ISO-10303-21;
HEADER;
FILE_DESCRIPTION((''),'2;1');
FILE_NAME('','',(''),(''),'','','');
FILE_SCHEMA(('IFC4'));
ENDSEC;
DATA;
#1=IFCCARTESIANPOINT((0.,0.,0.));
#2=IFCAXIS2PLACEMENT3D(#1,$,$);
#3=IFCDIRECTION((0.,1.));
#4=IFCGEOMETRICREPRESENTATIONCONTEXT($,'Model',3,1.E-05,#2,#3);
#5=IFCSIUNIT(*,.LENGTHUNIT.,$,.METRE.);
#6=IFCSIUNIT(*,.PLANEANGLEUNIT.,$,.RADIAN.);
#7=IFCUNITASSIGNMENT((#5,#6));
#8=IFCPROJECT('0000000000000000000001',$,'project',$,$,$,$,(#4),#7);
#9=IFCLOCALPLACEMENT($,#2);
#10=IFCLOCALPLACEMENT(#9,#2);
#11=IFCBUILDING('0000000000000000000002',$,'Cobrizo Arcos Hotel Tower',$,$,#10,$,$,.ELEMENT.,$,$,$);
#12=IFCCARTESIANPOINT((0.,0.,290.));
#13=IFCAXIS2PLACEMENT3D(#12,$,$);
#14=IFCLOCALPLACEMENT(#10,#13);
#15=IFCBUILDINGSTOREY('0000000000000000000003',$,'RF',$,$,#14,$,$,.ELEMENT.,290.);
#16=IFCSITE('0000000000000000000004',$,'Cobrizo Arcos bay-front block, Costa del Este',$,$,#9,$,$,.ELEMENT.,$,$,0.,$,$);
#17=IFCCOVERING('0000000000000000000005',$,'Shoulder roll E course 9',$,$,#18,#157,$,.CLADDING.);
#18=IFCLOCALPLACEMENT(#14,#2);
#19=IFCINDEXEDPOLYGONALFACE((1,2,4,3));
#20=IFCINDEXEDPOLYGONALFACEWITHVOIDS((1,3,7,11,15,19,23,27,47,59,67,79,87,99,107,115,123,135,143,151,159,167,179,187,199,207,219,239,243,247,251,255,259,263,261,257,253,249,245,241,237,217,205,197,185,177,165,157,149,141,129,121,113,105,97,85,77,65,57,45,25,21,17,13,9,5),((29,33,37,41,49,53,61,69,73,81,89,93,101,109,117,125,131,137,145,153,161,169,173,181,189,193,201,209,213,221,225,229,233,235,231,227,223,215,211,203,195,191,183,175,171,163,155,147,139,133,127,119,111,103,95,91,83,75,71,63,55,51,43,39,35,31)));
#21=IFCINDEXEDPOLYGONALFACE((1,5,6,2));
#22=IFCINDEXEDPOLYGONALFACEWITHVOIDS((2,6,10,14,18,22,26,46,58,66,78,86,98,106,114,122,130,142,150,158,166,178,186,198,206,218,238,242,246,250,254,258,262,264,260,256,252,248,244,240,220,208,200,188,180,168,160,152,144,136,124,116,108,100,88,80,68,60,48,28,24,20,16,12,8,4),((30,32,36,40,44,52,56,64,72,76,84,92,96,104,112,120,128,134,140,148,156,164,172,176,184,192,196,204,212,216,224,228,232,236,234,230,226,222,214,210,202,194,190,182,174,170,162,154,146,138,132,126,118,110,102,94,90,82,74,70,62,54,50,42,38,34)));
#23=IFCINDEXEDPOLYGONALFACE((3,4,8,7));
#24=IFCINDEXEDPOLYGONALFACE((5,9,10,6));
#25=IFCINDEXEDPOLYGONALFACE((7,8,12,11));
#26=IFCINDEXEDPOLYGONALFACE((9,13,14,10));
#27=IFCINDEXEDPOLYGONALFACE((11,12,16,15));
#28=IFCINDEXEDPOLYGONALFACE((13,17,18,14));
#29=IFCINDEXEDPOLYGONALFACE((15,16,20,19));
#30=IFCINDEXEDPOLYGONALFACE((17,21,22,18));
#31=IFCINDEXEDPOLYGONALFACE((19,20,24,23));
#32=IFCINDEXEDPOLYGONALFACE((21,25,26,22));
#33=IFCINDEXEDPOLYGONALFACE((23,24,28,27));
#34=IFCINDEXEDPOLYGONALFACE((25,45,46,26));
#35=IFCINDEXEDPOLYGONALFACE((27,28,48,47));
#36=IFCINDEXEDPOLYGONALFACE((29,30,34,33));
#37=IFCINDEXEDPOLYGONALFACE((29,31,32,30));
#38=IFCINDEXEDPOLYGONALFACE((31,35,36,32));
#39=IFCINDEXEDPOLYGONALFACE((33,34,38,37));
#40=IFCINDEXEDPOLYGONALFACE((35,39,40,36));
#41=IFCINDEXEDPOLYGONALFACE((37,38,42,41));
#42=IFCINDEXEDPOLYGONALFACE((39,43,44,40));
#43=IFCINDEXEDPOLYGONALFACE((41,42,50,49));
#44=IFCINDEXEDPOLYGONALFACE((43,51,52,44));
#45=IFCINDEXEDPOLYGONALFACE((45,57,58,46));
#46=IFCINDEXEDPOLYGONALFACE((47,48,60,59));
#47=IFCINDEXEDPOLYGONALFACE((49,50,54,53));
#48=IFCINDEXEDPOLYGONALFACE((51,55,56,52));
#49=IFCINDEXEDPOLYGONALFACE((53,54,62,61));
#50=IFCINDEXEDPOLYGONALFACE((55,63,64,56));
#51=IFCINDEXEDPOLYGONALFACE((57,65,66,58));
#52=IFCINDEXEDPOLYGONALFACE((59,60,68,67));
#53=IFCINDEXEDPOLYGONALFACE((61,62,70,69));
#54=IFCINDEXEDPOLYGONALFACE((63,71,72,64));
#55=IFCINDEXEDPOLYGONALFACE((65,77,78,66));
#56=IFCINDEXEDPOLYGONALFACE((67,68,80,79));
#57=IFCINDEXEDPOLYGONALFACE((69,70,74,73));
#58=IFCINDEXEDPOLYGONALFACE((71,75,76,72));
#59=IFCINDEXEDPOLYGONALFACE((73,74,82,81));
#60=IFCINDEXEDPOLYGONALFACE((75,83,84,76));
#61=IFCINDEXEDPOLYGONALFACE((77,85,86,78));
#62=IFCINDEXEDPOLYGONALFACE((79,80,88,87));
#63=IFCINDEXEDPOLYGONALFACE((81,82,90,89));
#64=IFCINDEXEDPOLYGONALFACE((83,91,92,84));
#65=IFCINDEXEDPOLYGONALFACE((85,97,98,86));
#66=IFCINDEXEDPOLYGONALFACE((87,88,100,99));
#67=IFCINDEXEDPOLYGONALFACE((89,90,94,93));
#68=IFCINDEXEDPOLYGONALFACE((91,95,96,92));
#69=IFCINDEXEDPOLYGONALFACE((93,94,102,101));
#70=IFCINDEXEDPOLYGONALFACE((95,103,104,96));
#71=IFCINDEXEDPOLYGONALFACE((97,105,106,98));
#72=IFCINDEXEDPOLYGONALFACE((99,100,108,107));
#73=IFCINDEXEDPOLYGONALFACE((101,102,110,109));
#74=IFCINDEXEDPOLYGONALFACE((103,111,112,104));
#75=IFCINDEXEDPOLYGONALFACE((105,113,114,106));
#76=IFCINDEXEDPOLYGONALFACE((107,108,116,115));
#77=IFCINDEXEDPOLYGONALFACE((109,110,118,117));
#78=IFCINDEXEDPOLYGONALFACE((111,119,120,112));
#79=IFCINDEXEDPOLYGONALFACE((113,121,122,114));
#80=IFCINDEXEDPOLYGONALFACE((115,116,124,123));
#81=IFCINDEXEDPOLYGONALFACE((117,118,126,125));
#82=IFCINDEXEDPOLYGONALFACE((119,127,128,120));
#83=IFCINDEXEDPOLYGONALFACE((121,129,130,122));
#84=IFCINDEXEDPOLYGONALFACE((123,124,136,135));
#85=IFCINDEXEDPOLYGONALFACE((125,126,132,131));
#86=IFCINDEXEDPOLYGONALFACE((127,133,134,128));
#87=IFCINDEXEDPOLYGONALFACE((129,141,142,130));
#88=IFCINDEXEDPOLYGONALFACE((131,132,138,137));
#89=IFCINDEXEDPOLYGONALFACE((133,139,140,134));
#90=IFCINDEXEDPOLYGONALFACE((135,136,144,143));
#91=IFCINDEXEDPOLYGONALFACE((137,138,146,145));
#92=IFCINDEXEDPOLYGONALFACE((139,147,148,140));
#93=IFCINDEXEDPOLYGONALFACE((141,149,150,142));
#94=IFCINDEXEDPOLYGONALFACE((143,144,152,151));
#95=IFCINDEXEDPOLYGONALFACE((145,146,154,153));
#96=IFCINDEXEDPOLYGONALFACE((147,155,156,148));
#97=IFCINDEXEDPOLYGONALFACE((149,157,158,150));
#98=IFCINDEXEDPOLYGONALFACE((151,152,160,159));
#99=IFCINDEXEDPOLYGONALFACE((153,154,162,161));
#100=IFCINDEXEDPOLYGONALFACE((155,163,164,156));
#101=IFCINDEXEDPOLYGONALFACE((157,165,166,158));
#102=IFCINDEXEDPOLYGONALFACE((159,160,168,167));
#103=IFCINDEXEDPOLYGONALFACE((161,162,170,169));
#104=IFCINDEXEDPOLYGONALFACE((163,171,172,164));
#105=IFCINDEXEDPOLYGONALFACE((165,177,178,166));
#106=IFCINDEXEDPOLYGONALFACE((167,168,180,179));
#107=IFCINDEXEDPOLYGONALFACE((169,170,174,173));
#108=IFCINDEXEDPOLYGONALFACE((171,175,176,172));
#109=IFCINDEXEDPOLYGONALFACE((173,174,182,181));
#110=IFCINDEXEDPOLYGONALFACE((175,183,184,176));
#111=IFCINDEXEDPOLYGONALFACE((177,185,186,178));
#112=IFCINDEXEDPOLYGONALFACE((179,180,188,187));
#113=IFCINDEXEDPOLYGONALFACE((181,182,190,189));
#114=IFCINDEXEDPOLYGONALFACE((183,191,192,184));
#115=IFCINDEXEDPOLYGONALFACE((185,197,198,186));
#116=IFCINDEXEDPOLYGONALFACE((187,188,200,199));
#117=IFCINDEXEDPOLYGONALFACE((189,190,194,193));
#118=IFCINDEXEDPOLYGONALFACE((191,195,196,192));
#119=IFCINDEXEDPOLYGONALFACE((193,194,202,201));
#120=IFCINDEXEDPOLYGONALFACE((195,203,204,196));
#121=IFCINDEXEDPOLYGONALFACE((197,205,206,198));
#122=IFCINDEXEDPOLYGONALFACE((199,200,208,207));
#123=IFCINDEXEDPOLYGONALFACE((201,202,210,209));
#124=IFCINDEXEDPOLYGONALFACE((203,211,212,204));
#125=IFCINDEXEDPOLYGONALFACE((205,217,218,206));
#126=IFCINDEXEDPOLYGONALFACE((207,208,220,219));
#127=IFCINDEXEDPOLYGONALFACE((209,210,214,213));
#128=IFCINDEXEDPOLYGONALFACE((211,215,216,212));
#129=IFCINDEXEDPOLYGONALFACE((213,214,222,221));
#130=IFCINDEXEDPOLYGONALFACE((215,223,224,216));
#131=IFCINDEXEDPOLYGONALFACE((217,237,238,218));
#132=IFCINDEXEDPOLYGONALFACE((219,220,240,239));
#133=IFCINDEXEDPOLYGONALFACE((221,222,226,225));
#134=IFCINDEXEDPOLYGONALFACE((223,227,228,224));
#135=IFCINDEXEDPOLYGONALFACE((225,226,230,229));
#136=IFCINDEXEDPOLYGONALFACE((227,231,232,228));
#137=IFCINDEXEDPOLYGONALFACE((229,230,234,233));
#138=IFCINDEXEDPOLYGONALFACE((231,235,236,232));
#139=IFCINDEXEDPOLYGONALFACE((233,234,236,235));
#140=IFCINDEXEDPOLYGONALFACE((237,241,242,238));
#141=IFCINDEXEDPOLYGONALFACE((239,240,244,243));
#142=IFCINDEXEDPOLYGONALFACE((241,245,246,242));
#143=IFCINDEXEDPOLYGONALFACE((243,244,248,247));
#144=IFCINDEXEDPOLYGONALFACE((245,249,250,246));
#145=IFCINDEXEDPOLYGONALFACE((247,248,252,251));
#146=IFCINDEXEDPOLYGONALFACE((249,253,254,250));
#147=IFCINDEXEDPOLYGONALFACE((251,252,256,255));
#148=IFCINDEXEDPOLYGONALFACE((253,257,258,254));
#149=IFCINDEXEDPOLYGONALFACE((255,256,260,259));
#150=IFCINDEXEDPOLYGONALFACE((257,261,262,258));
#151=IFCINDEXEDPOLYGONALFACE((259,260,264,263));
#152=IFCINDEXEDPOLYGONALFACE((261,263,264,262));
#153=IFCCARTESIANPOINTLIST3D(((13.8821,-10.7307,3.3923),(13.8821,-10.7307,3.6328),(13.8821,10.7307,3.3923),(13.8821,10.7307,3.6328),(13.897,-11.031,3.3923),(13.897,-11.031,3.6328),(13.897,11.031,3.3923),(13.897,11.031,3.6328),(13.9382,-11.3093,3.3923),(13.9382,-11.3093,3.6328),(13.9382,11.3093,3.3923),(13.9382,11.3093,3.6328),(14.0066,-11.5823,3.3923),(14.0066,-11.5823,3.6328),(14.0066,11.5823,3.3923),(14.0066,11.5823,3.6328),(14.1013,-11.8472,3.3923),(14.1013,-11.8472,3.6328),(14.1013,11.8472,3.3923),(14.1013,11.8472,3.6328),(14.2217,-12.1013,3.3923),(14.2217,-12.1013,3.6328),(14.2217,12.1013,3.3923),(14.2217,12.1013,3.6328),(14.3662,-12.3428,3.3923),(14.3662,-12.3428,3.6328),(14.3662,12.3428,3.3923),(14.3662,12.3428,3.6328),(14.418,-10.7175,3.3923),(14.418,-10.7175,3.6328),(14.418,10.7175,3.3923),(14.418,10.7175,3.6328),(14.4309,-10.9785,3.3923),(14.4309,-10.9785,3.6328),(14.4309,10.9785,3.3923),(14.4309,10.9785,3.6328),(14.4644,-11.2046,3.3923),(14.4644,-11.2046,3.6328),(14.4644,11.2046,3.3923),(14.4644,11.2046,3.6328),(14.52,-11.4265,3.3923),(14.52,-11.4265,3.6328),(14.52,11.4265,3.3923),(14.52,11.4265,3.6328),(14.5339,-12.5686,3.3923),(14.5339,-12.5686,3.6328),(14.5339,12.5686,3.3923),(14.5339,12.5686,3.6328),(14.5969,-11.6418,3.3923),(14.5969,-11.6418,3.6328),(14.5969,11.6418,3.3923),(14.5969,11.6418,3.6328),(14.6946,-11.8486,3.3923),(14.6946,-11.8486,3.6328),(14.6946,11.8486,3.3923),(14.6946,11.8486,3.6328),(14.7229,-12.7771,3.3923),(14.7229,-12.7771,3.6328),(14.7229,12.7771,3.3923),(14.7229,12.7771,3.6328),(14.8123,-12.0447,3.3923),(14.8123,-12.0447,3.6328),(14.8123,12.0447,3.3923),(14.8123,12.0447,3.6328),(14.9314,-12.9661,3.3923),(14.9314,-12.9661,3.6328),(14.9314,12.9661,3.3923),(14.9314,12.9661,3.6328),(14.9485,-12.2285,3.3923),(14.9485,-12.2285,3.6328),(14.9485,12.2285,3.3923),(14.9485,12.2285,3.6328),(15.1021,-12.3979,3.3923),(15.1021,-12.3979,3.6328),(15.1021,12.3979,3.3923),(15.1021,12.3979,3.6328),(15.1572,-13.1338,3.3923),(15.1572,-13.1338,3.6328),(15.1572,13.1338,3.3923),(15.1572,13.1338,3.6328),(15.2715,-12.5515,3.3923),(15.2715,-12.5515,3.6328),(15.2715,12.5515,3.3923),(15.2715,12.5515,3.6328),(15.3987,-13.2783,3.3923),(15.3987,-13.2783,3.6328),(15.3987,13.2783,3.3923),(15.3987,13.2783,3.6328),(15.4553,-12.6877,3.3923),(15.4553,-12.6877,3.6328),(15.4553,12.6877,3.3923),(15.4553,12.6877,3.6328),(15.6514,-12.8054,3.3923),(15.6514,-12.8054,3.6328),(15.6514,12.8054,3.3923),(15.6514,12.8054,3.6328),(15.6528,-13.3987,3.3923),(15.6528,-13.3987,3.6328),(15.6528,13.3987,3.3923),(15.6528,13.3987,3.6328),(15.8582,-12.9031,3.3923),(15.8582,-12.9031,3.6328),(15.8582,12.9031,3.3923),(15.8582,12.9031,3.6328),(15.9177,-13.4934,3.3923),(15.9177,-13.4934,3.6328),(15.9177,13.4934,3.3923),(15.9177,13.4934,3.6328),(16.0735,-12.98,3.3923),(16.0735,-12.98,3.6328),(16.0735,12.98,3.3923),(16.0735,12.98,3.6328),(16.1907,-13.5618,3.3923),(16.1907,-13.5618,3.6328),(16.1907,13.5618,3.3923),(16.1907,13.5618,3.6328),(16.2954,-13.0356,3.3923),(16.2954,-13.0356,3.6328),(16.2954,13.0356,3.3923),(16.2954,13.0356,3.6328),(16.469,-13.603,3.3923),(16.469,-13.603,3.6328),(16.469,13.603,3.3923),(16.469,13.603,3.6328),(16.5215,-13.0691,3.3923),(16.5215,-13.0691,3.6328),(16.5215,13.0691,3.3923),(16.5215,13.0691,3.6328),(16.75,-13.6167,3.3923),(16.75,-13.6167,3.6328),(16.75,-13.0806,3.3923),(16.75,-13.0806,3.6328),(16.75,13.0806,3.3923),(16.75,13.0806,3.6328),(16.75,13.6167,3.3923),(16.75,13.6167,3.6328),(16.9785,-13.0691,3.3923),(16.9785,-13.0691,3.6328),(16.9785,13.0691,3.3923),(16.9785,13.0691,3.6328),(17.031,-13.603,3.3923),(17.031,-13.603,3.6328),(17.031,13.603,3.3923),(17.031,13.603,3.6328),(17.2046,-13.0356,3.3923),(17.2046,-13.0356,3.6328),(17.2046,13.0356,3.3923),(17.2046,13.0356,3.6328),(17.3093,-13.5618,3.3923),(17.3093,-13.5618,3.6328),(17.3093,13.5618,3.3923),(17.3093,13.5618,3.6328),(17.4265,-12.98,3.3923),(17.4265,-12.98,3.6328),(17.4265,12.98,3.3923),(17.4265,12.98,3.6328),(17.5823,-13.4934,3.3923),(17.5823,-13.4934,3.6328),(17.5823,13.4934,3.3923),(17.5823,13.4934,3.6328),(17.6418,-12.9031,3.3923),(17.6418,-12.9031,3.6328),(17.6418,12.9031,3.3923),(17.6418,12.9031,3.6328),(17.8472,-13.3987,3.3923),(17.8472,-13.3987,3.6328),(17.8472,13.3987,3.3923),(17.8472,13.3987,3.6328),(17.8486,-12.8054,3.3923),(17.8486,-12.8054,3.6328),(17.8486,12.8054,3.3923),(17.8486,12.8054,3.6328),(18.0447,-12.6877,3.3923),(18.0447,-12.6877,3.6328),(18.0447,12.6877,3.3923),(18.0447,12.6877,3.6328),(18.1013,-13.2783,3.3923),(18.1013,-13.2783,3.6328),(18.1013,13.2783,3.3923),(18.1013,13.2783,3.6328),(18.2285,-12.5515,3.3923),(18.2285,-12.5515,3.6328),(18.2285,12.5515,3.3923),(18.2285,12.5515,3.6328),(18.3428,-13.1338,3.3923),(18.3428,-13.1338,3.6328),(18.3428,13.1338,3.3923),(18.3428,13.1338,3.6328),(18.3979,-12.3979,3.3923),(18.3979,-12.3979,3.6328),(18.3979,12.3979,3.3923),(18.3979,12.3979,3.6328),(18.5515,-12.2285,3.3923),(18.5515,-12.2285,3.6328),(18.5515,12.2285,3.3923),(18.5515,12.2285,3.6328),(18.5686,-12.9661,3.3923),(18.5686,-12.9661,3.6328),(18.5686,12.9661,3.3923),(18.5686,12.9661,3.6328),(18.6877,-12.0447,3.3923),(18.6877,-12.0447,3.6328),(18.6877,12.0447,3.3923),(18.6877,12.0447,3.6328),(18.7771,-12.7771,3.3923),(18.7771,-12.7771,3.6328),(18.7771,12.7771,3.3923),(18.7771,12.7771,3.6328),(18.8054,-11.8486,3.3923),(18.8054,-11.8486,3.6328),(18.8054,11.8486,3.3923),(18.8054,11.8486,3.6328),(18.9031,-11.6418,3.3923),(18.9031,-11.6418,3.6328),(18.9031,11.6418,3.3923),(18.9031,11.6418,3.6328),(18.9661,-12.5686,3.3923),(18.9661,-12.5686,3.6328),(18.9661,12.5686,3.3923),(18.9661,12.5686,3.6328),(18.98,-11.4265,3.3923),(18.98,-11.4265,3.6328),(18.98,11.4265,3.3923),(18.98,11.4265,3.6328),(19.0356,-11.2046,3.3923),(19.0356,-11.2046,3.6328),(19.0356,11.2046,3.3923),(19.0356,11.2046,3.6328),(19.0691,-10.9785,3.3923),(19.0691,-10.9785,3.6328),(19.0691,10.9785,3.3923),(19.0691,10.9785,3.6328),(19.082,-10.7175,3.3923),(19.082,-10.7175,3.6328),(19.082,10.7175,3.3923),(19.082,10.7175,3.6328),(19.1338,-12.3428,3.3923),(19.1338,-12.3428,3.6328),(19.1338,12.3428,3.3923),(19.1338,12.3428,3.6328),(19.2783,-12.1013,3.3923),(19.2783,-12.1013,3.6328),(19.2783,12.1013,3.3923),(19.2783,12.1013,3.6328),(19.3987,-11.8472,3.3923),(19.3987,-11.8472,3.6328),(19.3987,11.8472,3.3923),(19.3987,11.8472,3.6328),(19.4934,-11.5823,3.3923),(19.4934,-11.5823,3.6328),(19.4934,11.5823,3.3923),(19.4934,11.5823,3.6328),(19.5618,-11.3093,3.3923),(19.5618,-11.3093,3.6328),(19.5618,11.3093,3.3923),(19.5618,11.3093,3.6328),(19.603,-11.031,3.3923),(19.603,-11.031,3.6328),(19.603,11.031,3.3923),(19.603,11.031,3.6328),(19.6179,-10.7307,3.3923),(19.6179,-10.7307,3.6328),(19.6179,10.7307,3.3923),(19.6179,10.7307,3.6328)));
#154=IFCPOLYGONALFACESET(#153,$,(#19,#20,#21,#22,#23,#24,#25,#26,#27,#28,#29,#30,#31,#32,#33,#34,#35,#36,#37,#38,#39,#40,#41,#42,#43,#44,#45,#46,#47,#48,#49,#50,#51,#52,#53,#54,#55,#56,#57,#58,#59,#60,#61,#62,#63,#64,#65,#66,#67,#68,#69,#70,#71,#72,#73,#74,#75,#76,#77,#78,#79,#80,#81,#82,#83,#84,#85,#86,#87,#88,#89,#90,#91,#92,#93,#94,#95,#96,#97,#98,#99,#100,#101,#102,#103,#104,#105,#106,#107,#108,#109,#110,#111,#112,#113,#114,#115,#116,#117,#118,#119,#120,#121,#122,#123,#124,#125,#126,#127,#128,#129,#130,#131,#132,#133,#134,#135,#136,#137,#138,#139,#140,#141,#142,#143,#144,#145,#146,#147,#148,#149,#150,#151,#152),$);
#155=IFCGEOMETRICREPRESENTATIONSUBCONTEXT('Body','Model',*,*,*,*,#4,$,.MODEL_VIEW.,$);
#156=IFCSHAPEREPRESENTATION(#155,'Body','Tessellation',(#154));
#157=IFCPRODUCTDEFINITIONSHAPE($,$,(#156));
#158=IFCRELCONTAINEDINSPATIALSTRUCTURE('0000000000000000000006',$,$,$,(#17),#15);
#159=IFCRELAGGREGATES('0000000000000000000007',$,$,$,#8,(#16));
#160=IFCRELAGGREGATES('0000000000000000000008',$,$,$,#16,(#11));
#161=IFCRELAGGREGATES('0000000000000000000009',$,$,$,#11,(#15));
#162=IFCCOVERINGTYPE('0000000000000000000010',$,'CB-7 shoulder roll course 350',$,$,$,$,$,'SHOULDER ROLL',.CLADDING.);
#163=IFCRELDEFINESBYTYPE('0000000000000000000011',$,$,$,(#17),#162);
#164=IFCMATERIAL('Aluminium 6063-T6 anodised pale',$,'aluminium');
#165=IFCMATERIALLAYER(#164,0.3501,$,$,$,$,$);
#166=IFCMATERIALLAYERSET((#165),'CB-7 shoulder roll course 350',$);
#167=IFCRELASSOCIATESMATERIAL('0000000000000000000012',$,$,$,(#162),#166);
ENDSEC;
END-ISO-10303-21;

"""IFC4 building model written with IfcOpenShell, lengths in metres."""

from ifc_helpers import new_model, si_unit, direction, frame, origin, place, context, subcontext, project, spatial, polyline, outline, extrude, material, layer, layer_set, type_object, element, save


model = new_model("IFC4")

# Units and contexts
model_context = context("Model", 3, precision=1e-05, world=origin(), true_north=direction((0.0, 1.0)))
body_context = subcontext(model_context, "Body", "Model", "MODEL_VIEW")
ifc_project = project(units=[si_unit("LENGTHUNIT", "METRE"), si_unit("PLANEANGLEUNIT", "RADIAN")], contexts=[model_context])

# Site, building, storey
site_placement = place(None, origin())
site = spatial("IfcSite", under=ifc_project, at=site_placement, Name="Cobrizo Arcos bay-front block, Costa del Este", CompositionType="ELEMENT", RefElevation=0.0)
building_placement = place(site_placement, origin())
building = spatial("IfcBuilding", under=site, at=building_placement, Name="Cobrizo Arcos Hotel Tower", CompositionType="ELEMENT")
storey_placement = place(building_placement, frame((0.0, 0.0, 290.0)))
storey = spatial("IfcBuildingStorey", under=building, at=storey_placement, Name="RF", CompositionType="ELEMENT", Elevation=290.0)

# Covering
ifc_material_1 = material(Name="Aluminium 6063-T6 anodised pale", Category="aluminium")
ifc_layer_1 = layer(ifc_material_1, 0.3501)
ifc_layer_set_1 = layer_set([ifc_layer_1], Name="CB-7 shoulder roll course 350")
covering_type_1 = type_object("IfcCoveringType", Name="CB-7 shoulder roll course 350", ElementType="SHOULDER ROLL", PredefinedType="CLADDING", material=ifc_layer_set_1)
covering_1_placement = place(storey_placement, frame((0.0, 0.0, 3.3923)))
element("IfcCovering", 1, at=covering_1_placement, inside=storey, type_object=covering_type_1, Name="Shoulder roll E course 9", PredefinedType="CLADDING", context=body_context, shape_type="SweptSolid", body=[
    extrude(outline(polyline([(13.8821, 10.7307), (13.897, 11.031), (13.9382, 11.3093), (14.0066, 11.5823), (14.1013, 11.8472), (14.2217, 12.1013), (14.3662, 12.3428), (14.5339, 12.5686), (14.7229, 12.7771), (14.9314, 12.9661), (15.1572, 13.1338), (15.3987, 13.2783), (15.6528, 13.3987), (15.9177, 13.4934), (16.1907, 13.5618), (16.469, 13.603), (16.75, 13.6167), (17.031, 13.603), (17.3093, 13.5618), (17.5823, 13.4934), (17.8472, 13.3987), (18.1013, 13.2783), (18.3428, 13.1338), (18.5686, 12.9661), (18.7771, 12.7771), (18.9661, 12.5686), (19.1338, 12.3428), (19.2783, 12.1013), (19.3987, 11.8472), (19.4934, 11.5823), (19.5618, 11.3093), (19.603, 11.031), (19.6179, 10.7307), (19.6179, -10.7307), (19.603, -11.031), (19.5618, -11.3093), (19.4934, -11.5823), (19.3987, -11.8472), (19.2783, -12.1013), (19.1338, -12.3428), (18.9661, -12.5686), (18.7771, -12.7771), (18.5686, -12.9661), (18.3428, -13.1338), (18.1013, -13.2783), (17.8472, -13.3987), (17.5823, -13.4934), (17.3093, -13.5618), (17.031, -13.603), (16.75, -13.6167), (16.469, -13.603), (16.1907, -13.5618), (15.9177, -13.4934), (15.6528, -13.3987), (15.3987, -13.2783), (15.1572, -13.1338), (14.9314, -12.9661), (14.7229, -12.7771), (14.5339, -12.5686), (14.3662, -12.3428), (14.2217, -12.1013), (14.1013, -11.8472), (14.0066, -11.5823), (13.9382, -11.3093), (13.897, -11.031), (13.8821, -10.7307), (13.8821, 10.7307)]), holes=[polyline([(14.418, 10.7175), (14.4309, 10.9785), (14.4644, 11.2046), (14.52, 11.4265), (14.5969, 11.6418), (14.6946, 11.8486), (14.8123, 12.0447), (14.9485, 12.2285), (15.1021, 12.3979), (15.2715, 12.5515), (15.4553, 12.6877), (15.6514, 12.8054), (15.8582, 12.9031), (16.0735, 12.98), (16.2954, 13.0356), (16.5215, 13.0691), (16.75, 13.0806), (16.9785, 13.0691), (17.2046, 13.0356), (17.4265, 12.98), (17.6418, 12.9031), (17.8486, 12.8054), (18.0447, 12.6877), (18.2285, 12.5515), (18.3979, 12.3979), (18.5515, 12.2285), (18.6877, 12.0447), (18.8054, 11.8486), (18.9031, 11.6418), (18.98, 11.4265), (19.0356, 11.2046), (19.0691, 10.9785), (19.082, 10.7175), (19.082, -10.7175), (19.0691, -10.9785), (19.0356, -11.2046), (18.98, -11.4265), (18.9031, -11.6418), (18.8054, -11.8486), (18.6877, -12.0447), (18.5515, -12.2285), (18.3979, -12.3979), (18.2285, -12.5515), (18.0447, -12.6877), (17.8486, -12.8054), (17.6418, -12.9031), (17.4265, -12.98), (17.2046, -13.0356), (16.9785, -13.0691), (16.75, -13.0806), (16.5215, -13.0691), (16.2954, -13.0356), (16.0735, -12.98), (15.8582, -12.9031), (15.6514, -12.8054), (15.4553, -12.6877), (15.2715, -12.5515), (15.1021, -12.3979), (14.9485, -12.2285), (14.8123, -12.0447), (14.6946, -11.8486), (14.5969, -11.6418), (14.52, -11.4265), (14.4644, -11.2046), (14.4309, -10.9785), (14.418, -10.7175), (14.418, 10.7175)])]), origin(), (0.0, 0.0, 1.0), 0.2405),
])

save(model, "model.ifc")
